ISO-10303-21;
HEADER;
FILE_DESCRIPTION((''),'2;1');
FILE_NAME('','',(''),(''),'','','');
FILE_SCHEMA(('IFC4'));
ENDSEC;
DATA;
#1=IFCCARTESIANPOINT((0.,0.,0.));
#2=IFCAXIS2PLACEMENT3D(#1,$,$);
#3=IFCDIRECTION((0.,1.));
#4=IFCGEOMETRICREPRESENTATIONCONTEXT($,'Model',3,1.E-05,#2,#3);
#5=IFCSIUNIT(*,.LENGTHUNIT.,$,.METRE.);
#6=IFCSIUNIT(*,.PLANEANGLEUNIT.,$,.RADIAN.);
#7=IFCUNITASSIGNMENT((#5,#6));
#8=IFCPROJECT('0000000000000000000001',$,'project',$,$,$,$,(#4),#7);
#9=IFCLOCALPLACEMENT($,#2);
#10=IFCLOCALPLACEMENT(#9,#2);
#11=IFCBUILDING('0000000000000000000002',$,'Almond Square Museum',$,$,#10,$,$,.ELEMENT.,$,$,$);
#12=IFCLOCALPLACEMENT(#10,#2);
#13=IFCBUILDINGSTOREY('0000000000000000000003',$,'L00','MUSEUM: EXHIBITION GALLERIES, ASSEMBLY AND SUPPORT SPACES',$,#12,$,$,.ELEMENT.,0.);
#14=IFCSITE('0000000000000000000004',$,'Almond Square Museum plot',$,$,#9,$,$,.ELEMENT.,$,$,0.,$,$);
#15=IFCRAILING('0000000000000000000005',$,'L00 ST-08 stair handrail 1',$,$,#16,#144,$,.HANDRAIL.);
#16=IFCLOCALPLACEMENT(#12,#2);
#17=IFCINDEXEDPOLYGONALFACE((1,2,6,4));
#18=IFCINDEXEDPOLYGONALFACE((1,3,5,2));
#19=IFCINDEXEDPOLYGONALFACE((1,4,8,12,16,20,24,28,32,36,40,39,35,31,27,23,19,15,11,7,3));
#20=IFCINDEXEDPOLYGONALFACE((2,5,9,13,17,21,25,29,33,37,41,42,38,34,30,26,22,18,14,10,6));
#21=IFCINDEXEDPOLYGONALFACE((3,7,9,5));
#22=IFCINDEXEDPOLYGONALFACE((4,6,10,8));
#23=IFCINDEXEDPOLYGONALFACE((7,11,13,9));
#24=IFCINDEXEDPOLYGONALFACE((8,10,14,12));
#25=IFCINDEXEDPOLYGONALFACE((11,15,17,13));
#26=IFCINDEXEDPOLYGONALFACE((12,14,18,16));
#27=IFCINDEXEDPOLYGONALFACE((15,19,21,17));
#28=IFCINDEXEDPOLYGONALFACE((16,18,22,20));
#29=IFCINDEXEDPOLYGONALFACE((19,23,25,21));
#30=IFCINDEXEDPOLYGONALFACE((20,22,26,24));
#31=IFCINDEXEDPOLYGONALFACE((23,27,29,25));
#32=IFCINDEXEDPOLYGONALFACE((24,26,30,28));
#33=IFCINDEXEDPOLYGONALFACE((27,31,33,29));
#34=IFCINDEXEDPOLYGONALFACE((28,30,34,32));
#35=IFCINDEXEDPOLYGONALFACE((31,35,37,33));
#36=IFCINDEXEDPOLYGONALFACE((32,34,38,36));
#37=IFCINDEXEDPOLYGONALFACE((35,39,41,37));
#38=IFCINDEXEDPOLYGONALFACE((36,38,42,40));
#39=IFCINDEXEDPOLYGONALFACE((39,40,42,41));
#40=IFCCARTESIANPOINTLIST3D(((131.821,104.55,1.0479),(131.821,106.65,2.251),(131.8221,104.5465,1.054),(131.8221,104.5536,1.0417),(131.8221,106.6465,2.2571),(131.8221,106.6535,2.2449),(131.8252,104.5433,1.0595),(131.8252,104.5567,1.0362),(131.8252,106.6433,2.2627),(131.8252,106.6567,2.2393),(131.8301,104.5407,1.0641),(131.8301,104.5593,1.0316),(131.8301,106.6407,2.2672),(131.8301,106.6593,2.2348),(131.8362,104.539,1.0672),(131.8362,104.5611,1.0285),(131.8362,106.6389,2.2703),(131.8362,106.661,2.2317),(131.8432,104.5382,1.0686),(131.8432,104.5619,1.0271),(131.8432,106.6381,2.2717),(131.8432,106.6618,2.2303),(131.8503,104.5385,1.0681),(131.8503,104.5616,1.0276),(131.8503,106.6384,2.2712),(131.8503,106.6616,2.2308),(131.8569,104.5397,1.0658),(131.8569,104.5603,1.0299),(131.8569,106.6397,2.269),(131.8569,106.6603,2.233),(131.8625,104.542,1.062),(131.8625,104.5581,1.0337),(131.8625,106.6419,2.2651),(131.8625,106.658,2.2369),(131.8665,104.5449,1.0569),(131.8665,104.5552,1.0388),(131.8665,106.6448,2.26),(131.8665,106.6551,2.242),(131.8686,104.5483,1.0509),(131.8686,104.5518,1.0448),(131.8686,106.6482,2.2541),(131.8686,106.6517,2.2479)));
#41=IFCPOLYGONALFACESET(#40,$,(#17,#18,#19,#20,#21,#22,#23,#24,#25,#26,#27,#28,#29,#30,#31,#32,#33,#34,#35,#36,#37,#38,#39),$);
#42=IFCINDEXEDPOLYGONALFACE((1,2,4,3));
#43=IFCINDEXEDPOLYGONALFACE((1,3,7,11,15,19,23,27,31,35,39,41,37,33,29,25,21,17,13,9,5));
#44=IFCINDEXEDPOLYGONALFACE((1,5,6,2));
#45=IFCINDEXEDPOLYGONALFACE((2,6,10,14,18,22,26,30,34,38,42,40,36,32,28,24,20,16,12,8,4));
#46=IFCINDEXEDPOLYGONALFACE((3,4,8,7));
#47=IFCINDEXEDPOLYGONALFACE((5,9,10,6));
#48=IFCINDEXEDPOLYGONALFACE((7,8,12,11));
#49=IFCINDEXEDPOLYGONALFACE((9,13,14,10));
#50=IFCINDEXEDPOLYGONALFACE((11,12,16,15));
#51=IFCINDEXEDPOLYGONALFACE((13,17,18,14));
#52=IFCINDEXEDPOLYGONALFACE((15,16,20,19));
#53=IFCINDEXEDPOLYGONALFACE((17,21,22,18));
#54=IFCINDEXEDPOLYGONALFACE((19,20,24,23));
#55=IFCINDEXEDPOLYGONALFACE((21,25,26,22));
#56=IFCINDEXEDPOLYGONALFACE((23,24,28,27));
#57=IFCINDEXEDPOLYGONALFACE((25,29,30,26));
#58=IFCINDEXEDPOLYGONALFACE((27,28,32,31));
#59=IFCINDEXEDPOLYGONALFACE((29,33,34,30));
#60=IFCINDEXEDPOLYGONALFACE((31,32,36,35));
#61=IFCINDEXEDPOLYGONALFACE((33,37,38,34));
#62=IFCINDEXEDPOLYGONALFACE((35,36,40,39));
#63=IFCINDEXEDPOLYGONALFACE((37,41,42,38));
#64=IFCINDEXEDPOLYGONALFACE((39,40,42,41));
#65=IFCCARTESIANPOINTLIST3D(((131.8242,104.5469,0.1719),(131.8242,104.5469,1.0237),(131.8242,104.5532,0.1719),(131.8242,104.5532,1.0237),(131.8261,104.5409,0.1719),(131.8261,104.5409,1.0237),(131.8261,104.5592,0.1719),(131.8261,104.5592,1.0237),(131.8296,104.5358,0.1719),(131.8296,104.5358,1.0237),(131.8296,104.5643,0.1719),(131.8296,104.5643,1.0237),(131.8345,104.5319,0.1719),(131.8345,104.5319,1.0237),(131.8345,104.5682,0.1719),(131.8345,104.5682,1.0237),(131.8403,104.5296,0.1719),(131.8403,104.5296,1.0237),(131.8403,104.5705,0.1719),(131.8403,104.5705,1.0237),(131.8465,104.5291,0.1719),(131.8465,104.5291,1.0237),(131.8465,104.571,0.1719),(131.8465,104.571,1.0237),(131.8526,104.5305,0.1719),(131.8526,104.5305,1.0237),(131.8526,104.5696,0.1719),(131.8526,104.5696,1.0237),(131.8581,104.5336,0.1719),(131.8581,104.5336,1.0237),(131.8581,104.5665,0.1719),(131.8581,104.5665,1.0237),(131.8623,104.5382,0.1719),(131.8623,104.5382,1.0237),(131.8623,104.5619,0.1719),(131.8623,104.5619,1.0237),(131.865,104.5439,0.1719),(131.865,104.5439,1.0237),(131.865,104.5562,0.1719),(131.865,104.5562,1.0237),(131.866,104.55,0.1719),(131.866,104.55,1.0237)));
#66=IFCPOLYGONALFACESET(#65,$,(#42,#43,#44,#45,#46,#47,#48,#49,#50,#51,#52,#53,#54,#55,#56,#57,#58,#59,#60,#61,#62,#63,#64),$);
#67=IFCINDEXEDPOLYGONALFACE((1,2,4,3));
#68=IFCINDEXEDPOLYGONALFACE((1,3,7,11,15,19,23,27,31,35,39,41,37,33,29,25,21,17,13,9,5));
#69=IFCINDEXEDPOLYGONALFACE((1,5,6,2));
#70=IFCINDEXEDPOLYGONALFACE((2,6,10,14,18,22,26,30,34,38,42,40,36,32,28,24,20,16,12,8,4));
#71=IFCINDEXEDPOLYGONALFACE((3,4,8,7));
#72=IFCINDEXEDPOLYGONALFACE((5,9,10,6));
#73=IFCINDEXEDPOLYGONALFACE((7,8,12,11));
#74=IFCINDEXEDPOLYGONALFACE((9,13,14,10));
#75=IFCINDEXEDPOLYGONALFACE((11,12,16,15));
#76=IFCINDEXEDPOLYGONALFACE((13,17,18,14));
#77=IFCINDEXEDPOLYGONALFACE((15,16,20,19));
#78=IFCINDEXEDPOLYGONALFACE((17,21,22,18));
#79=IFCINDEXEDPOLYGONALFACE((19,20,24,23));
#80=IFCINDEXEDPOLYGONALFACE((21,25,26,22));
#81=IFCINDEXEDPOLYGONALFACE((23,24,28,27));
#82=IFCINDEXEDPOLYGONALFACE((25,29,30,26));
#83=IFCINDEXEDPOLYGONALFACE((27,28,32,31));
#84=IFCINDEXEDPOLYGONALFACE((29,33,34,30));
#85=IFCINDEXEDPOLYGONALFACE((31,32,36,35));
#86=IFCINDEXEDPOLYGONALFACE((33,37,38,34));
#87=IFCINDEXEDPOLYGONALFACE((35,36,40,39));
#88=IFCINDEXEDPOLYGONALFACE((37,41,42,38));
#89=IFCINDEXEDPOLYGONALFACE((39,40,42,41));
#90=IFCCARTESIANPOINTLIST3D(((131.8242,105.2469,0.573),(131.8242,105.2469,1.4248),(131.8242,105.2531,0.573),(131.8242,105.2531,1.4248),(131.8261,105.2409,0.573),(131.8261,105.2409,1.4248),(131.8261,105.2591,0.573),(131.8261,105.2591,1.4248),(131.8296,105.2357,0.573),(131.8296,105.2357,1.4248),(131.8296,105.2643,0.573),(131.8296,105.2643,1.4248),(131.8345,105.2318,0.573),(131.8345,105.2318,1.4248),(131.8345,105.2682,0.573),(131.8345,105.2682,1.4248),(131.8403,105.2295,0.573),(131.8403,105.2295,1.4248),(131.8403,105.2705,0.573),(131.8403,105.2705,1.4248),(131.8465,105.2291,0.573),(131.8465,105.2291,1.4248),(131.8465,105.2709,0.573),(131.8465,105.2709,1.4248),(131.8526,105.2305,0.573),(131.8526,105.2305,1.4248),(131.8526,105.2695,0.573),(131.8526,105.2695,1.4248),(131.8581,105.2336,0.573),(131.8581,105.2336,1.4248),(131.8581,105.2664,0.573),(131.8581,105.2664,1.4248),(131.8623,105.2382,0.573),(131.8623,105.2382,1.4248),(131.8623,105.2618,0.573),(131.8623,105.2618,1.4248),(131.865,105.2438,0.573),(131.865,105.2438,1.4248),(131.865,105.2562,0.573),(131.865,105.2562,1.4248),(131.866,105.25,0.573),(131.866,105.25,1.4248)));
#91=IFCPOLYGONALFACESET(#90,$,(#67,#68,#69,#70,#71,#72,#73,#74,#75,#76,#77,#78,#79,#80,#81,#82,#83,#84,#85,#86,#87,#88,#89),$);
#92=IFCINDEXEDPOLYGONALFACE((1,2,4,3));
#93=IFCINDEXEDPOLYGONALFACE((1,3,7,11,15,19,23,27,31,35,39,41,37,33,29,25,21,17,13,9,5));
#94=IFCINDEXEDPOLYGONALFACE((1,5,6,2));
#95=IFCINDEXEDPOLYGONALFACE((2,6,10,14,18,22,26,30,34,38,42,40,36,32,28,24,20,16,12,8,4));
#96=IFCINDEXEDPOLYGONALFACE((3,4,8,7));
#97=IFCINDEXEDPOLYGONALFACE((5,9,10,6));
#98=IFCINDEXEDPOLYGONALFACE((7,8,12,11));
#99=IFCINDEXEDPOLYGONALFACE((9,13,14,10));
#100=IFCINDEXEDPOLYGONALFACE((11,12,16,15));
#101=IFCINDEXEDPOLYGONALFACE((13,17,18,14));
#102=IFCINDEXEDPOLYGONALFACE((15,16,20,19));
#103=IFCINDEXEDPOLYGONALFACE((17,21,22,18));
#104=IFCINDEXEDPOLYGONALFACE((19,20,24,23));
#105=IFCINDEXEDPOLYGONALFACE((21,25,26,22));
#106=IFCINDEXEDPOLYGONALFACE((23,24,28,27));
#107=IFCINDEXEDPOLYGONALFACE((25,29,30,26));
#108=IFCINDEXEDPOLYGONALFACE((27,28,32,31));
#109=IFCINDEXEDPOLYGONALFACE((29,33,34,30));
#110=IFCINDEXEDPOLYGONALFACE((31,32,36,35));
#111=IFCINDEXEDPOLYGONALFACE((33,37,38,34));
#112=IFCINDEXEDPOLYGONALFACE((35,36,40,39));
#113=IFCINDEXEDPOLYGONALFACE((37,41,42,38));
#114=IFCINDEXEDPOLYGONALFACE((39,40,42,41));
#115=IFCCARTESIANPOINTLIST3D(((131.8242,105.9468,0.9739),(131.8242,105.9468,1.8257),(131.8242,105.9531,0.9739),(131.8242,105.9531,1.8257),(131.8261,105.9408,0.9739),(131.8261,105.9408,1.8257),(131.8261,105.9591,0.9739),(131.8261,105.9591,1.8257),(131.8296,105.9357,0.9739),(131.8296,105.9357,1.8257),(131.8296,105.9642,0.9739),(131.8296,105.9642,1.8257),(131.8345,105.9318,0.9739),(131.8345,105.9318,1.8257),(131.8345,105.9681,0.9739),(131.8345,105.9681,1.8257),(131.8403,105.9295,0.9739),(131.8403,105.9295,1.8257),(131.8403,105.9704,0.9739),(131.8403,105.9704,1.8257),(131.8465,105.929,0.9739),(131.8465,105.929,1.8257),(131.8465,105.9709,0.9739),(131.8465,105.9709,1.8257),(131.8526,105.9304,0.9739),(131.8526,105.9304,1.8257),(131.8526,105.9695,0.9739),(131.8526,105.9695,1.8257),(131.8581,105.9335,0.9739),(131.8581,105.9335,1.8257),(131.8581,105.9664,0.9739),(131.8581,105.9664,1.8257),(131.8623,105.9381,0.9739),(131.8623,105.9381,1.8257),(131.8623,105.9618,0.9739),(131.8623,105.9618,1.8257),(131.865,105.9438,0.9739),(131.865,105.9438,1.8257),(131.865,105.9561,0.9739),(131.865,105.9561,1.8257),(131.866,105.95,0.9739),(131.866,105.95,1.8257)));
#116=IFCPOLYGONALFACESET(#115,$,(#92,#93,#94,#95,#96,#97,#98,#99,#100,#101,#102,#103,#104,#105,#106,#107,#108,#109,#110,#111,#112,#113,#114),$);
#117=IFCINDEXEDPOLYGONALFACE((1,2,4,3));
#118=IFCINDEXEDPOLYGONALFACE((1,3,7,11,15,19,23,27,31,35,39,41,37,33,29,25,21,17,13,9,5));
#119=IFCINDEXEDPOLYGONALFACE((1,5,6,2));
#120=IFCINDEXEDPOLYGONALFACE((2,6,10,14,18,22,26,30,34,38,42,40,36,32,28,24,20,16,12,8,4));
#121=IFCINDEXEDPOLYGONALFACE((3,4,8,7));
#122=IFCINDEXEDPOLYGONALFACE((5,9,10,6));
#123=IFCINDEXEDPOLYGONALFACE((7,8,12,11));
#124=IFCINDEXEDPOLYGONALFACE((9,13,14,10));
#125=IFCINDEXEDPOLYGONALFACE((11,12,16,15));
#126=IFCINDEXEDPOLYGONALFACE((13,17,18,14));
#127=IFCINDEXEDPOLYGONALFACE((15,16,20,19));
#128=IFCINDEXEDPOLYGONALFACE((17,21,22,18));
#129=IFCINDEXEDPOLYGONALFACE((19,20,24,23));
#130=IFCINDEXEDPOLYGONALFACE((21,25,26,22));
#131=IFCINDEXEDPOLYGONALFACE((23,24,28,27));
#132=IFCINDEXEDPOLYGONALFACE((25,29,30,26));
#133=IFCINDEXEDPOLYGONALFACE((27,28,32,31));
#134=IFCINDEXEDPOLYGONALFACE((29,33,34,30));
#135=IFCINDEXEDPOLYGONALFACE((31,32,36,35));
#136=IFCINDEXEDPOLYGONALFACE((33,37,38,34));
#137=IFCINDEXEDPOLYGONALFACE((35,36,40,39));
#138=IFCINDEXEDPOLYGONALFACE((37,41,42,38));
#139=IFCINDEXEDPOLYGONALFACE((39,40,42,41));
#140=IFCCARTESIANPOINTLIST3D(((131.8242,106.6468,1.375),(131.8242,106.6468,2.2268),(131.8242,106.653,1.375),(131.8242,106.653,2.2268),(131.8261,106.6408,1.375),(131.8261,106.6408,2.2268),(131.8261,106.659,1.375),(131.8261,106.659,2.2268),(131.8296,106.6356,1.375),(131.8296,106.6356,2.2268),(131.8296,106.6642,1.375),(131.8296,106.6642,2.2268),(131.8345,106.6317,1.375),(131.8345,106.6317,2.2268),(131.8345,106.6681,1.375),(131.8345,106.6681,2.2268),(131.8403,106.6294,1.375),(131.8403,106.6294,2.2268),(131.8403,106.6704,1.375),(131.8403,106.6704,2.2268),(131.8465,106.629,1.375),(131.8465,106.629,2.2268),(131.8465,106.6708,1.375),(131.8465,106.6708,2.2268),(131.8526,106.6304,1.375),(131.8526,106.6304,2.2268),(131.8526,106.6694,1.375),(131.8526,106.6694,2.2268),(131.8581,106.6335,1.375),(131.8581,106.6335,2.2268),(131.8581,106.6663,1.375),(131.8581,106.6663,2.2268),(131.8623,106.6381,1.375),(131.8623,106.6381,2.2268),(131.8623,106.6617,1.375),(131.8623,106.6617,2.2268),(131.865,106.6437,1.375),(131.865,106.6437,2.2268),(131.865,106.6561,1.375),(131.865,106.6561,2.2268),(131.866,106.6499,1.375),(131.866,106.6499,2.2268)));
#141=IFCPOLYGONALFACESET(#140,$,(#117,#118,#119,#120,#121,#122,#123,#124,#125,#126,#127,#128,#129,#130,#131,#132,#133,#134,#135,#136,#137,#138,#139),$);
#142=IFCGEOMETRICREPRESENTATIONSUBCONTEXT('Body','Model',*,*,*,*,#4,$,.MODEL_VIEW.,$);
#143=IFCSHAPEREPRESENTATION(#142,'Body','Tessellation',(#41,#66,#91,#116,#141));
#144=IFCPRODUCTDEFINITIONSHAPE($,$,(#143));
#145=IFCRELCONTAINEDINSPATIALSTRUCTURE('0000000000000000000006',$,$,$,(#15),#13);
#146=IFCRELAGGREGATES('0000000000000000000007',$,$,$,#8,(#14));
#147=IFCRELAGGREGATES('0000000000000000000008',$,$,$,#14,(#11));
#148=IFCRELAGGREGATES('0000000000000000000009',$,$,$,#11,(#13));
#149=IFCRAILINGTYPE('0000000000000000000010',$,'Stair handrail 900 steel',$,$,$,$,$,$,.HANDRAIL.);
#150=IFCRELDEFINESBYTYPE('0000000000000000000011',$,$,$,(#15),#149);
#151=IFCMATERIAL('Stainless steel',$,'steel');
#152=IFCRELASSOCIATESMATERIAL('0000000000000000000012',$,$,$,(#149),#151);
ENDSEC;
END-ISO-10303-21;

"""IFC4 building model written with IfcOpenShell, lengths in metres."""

from ifc_helpers import new_model, si_unit, direction, frame, origin, origin_2d, place, context, subcontext, project, spatial, circle, extrude, material, type_object, element, save


model = new_model("IFC4")

# Units and contexts
model_context = context("Model", 3, precision=1e-05, world=origin(), true_north=direction((0.0, 1.0)))
body_context = subcontext(model_context, "Body", "Model", "MODEL_VIEW")
ifc_project = project(units=[si_unit("LENGTHUNIT", "METRE"), si_unit("PLANEANGLEUNIT", "RADIAN")], contexts=[model_context])

# Site, building, storey
site_placement = place(None, origin())
site = spatial("IfcSite", under=ifc_project, at=site_placement, Name="Almond Square Museum plot", CompositionType="ELEMENT", RefElevation=0.0)
building_placement = place(site_placement, origin())
building = spatial("IfcBuilding", under=site, at=building_placement, Name="Almond Square Museum", CompositionType="ELEMENT")
storey_placement = place(building_placement, origin())
storey = spatial("IfcBuildingStorey", under=building, at=storey_placement, Name="L00", Description="MUSEUM: EXHIBITION GALLERIES, ASSEMBLY AND SUPPORT SPACES", CompositionType="ELEMENT", Elevation=0.0)

# Railing
ifc_material_1 = material(Name="Stainless steel", Category="steel")
railing_type_1 = type_object("IfcRailingType", Name="Stair handrail 900 steel", PredefinedType="HANDRAIL", material=ifc_material_1)
for number, where, name in (
    (1, (131.845, 104.55, 0.1719), "L00 ST-08 stair handrail 1"),
):
    element("IfcRailing", number, at=place(storey_placement, frame(where)), inside=storey, type_object=railing_type_1, Name=name, PredefinedType="HANDRAIL", context=body_context, shape_type="SweptSolid", body=[
        extrude(circle(Radius=0.0239, at=origin_2d()), frame((0.0, 0.0, 0.876), z_axis=(0.0, 0.867671, 0.497138), x_axis=(-1.0, 0.0, 0.0)), (0.0, 0.0, 1.0), 2.4202),
        extrude(circle(Radius=0.021, at=origin_2d()), origin(), (0.0, 0.0, 1.0), 0.8518),
        extrude(circle(Radius=0.021, at=origin_2d()), frame((0.0, 0.7, 0.4011)), (0.0, 0.0, 1.0), 0.8518),
        extrude(circle(Radius=0.021, at=origin_2d()), frame((0.0, 1.3999, 0.802)), (0.0, 0.0, 1.0), 0.8518),
        extrude(circle(Radius=0.021, at=origin_2d()), frame((0.0, 2.0999, 1.2031)), (0.0, 0.0, 1.0), 0.8518),
    ])

save(model, "model.ifc")
